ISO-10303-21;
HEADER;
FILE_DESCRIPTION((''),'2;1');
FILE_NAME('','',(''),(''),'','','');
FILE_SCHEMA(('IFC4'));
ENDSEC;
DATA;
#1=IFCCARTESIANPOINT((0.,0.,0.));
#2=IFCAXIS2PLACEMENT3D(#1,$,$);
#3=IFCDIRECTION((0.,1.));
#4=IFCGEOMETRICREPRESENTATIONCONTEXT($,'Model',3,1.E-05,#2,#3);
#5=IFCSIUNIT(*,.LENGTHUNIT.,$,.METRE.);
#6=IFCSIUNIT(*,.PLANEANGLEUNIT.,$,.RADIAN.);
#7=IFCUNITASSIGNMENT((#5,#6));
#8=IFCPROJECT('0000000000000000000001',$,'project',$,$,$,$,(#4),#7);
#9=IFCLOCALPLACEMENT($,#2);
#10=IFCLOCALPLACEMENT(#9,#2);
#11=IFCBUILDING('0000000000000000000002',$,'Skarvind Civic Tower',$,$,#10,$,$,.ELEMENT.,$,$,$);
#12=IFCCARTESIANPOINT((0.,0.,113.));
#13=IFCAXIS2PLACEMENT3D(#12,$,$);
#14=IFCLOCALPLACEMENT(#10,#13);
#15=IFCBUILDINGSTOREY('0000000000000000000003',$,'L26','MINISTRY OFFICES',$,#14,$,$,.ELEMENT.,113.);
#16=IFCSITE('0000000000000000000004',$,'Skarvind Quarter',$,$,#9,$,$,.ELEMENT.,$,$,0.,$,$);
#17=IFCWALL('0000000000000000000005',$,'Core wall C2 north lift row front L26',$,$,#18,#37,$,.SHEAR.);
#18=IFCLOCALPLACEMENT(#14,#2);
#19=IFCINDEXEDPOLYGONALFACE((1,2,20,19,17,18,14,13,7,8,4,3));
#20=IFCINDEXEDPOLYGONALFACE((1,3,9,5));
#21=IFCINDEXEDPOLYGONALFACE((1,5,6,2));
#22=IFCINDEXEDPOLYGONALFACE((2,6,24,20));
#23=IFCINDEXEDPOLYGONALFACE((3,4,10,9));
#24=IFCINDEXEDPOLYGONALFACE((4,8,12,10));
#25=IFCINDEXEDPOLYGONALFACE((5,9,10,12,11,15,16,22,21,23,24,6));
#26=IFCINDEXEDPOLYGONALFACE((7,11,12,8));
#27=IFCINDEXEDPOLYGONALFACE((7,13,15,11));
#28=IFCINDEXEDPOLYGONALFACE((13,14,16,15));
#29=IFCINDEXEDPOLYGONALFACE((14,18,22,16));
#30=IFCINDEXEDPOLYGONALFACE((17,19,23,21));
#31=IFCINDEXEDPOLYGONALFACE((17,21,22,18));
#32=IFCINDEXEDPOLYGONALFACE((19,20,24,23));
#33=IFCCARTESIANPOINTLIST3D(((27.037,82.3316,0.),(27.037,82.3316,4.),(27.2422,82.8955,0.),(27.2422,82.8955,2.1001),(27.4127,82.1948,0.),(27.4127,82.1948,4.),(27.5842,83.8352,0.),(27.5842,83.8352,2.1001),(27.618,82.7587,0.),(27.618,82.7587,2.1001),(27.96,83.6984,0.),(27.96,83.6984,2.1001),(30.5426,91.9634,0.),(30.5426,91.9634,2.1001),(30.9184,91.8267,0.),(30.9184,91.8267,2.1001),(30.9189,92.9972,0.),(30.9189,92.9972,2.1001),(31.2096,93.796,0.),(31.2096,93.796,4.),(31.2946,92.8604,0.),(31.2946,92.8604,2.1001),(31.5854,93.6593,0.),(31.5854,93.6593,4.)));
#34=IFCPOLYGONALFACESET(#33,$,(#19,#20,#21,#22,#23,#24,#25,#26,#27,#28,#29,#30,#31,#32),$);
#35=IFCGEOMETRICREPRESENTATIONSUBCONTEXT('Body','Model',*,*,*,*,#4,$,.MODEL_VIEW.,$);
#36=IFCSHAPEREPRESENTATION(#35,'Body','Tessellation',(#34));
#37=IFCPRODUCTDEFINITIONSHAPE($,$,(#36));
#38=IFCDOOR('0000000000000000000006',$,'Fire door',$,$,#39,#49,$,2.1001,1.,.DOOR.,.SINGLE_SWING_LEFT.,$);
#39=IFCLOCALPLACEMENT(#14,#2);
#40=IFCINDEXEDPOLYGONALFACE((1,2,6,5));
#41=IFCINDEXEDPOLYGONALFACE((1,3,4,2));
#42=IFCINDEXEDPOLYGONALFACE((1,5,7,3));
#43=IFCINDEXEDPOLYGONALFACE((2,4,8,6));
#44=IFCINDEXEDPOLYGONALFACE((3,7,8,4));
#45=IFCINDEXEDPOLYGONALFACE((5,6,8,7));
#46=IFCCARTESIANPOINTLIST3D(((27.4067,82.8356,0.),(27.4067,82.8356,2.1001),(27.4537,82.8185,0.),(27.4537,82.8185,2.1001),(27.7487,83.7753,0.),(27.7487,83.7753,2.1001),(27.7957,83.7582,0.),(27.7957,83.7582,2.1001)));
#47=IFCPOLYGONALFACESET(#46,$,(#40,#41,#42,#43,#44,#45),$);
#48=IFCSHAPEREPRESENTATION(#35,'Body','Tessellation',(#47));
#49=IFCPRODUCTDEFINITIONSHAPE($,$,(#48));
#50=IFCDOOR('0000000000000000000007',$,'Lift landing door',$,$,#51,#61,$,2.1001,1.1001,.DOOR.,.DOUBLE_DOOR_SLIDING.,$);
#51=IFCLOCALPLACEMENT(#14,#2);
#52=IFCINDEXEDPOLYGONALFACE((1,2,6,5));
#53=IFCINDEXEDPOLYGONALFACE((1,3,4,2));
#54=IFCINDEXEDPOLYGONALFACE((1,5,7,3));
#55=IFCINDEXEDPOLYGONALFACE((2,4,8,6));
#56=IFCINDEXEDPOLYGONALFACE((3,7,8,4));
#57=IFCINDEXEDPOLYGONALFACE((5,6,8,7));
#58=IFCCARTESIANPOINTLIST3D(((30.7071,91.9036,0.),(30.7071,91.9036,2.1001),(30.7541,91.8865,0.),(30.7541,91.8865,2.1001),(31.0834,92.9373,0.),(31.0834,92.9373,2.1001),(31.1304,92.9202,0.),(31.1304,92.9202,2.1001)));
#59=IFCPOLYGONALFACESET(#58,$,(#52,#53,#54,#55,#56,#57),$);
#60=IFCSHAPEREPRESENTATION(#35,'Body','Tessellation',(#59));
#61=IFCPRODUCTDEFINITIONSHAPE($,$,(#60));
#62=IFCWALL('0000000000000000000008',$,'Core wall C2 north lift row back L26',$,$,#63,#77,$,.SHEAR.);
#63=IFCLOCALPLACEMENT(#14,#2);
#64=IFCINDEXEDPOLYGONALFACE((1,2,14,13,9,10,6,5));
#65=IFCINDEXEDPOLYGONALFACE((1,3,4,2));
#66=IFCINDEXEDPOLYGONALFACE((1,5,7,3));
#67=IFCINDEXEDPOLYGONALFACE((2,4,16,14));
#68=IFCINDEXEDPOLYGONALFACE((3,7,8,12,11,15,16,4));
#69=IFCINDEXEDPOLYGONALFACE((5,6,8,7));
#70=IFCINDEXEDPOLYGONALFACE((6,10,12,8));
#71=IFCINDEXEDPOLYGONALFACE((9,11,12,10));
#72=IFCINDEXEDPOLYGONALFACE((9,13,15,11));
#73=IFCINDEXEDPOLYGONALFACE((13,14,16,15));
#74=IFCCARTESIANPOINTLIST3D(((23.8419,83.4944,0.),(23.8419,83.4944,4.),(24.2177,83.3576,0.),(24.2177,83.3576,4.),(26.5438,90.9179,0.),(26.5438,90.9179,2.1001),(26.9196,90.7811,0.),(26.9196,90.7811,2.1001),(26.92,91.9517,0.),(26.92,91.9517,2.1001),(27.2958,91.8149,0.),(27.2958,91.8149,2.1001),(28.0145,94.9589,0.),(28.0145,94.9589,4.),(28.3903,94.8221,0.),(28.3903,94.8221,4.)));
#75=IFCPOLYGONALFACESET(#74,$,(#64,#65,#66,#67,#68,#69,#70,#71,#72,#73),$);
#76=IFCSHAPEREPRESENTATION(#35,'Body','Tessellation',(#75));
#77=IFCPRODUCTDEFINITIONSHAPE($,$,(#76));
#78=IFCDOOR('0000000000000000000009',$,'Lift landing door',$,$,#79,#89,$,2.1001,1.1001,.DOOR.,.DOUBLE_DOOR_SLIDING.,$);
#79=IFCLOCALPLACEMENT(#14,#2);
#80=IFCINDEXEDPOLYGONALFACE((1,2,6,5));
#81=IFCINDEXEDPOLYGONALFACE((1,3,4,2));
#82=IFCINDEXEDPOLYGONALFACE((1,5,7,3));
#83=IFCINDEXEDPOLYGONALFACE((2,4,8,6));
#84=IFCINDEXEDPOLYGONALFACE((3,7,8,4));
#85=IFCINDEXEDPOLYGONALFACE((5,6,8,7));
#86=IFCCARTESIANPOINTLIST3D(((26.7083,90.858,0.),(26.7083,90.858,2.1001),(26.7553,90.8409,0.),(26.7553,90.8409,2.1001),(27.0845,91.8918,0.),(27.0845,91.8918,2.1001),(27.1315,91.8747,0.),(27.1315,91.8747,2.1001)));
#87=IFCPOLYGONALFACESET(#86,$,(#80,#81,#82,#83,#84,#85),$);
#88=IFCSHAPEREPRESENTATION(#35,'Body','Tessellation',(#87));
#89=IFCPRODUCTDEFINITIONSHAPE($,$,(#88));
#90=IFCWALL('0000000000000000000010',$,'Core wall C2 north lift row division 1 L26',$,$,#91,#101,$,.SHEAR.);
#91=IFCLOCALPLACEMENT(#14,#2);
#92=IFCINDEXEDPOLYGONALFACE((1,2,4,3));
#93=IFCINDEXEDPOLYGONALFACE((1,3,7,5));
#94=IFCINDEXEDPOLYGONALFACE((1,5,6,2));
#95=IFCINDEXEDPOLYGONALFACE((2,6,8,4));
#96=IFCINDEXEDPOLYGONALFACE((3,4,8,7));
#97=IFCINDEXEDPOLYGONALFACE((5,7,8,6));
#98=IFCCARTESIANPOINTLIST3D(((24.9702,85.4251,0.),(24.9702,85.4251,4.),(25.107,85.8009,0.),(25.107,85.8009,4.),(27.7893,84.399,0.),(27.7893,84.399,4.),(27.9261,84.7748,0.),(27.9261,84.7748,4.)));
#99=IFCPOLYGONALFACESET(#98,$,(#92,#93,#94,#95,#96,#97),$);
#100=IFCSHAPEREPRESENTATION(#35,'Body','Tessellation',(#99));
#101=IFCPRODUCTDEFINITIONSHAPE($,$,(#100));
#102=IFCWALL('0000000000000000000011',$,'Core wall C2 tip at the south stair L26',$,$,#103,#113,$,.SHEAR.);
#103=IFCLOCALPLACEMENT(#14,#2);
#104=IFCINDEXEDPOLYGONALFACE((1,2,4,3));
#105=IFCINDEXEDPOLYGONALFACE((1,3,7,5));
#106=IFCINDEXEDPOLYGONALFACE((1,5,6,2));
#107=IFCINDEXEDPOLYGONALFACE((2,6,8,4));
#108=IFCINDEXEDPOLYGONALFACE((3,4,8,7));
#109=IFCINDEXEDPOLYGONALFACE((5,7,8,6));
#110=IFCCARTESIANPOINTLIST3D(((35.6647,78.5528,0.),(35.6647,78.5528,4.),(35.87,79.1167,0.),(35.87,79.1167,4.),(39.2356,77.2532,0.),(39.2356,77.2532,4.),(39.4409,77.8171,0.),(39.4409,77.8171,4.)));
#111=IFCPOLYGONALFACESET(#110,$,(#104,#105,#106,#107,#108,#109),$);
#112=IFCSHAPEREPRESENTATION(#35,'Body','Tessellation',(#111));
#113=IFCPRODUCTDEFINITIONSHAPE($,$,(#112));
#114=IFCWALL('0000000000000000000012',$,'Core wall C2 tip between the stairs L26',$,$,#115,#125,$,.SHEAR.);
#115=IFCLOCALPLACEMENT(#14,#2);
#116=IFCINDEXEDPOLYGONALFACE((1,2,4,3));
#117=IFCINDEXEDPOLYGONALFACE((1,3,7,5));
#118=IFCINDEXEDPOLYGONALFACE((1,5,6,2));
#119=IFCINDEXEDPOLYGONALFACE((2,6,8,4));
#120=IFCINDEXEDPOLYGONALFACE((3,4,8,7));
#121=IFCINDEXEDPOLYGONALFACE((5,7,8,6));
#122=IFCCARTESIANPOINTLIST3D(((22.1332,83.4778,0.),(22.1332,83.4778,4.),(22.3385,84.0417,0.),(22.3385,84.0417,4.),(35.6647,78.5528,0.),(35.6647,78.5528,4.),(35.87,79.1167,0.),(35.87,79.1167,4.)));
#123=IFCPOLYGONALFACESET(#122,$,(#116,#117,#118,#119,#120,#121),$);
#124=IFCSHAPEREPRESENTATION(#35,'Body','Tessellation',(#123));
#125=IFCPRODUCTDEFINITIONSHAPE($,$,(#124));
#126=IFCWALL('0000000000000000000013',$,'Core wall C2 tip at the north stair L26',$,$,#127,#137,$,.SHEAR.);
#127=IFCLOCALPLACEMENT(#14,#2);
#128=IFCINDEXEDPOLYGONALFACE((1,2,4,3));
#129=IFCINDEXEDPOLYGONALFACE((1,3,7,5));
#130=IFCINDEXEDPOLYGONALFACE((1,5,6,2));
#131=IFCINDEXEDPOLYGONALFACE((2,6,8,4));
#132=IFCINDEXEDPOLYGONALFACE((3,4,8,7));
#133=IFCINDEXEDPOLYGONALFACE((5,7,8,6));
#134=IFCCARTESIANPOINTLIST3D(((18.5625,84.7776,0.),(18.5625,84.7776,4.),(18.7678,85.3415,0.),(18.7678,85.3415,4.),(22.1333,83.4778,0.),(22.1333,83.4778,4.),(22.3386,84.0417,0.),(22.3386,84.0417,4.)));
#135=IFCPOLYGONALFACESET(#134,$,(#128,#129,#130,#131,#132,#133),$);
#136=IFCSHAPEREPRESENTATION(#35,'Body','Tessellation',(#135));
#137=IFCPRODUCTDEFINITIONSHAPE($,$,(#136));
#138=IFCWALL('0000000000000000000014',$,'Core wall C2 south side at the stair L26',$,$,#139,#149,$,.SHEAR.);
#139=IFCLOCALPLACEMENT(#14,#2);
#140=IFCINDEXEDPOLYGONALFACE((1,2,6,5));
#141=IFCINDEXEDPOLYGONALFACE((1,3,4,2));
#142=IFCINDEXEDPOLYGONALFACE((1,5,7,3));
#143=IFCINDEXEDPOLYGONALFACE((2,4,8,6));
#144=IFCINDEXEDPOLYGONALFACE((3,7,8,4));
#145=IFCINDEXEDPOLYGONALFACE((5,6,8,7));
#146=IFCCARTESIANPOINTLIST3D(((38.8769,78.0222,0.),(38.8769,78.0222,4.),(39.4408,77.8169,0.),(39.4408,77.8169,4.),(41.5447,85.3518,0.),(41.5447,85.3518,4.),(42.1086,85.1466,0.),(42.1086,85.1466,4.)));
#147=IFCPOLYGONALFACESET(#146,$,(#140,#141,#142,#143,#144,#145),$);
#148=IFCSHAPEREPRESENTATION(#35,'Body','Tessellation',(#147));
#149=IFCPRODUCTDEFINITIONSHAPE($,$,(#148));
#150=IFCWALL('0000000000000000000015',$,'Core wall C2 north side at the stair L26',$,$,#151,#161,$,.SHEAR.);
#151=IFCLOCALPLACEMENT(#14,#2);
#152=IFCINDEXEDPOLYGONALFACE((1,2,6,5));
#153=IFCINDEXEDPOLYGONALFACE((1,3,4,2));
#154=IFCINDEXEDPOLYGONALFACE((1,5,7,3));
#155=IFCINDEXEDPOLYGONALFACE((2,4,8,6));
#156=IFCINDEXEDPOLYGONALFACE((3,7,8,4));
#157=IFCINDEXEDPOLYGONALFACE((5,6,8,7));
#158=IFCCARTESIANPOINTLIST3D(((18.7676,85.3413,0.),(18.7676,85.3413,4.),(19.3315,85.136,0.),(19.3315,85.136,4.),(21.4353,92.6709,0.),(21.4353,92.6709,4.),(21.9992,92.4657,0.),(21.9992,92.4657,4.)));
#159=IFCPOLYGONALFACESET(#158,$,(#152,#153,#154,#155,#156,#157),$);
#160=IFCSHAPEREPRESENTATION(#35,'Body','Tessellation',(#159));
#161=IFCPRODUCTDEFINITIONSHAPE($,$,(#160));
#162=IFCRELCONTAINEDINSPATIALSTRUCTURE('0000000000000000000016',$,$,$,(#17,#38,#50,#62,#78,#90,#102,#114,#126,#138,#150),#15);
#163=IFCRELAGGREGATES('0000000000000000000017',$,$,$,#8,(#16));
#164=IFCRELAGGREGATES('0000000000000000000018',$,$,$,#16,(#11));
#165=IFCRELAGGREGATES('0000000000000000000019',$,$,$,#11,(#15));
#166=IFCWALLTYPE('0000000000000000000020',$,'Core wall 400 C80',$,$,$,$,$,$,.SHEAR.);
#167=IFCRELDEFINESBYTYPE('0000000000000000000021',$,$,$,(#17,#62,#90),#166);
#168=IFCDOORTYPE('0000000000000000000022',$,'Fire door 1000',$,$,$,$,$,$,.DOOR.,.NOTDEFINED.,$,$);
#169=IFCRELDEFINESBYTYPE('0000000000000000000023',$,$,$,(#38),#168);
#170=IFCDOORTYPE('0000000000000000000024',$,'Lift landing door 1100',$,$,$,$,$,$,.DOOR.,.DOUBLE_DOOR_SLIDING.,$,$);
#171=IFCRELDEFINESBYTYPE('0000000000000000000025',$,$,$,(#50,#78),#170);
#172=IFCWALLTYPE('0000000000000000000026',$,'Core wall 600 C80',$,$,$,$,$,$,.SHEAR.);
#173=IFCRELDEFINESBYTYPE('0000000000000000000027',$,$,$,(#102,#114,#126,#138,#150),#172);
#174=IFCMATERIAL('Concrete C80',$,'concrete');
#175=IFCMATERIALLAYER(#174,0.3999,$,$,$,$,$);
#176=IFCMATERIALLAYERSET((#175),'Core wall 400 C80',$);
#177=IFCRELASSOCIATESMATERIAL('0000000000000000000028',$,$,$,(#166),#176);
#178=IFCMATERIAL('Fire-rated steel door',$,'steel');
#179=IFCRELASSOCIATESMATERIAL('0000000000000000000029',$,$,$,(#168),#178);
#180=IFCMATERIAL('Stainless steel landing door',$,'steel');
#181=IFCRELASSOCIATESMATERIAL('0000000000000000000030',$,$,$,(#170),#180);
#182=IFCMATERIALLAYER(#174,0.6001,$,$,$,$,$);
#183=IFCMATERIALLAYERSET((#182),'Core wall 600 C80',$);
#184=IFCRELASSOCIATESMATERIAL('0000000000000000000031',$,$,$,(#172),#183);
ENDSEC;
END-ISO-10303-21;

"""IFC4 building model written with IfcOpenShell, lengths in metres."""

from ifc_helpers import new_model, si_unit, direction, frame, frame_2d, origin, place, context, subcontext, project, spatial, rectangle, extrude, material, layer, layer_set, type_object, element, fill, save


model = new_model("IFC4")

# Units and contexts
model_context = context("Model", 3, precision=1e-05, world=origin(), true_north=direction((0.0, 1.0)))
body_context = subcontext(model_context, "Body", "Model", "MODEL_VIEW")
ifc_project = project(units=[si_unit("LENGTHUNIT", "METRE"), si_unit("PLANEANGLEUNIT", "RADIAN")], contexts=[model_context])

# Site, building, storey
site_placement = place(None, origin())
site = spatial("IfcSite", under=ifc_project, at=site_placement, Name="Skarvind Quarter", CompositionType="ELEMENT", RefElevation=0.0)
building_placement = place(site_placement, origin())
building = spatial("IfcBuilding", under=site, at=building_placement, Name="Skarvind Civic Tower", CompositionType="ELEMENT")
storey_placement = place(building_placement, frame((0.0, 0.0, 113.0)))
storey = spatial("IfcBuildingStorey", under=building, at=storey_placement, Name="L26", Description="MINISTRY OFFICES", CompositionType="ELEMENT", Elevation=113.0)

# Shared definitions
ifc_material_1 = material(Name="Concrete C80", Category="concrete")
ifc_layer_1 = layer(ifc_material_1, 0.3999)
ifc_layer_set_1 = layer_set([ifc_layer_1], Name="Core wall 400 C80")
wall_type_1 = type_object("IfcWallType", Name="Core wall 400 C80", PredefinedType="SHEAR", material=ifc_layer_set_1)

# Shared definitions
ifc_material_2 = material(Name="Fire-rated steel door", Category="steel")
door_type_1 = type_object("IfcDoorType", Name="Fire door 1000", OperationType="NOTDEFINED", PredefinedType="DOOR", material=ifc_material_2)

# Shared definitions
ifc_material_3 = material(Name="Stainless steel landing door", Category="steel")
door_type_2 = type_object("IfcDoorType", Name="Lift landing door 1100", OperationType="DOUBLE_DOOR_SLIDING", PredefinedType="DOOR", material=ifc_material_3)

# Wall, openings, doors
wall_1_placement = place(storey_placement, frame((27.2249, 82.2632, 0.0), z_axis=(0.0, 0.0, 1.0), x_axis=(0.342015, 0.939695, 0.0)))
wall_1 = element("IfcWall", 1, at=wall_1_placement, inside=storey, type_object=wall_type_1, Name="Core wall C2 north lift row front L26", PredefinedType="SHEAR", context=body_context, shape_type="SweptSolid", body=[
    extrude(rectangle(XDim=12.2002, YDim=0.3999, at=frame_2d((6.1001, 0.0))), origin(), (0.0, 0.0, 1.0), 4.0),
])
opening_1_placement = place(wall_1_placement, frame((10.25, 0.0, 0.0)))
opening_1 = element("IfcOpeningElement", 2, at=opening_1_placement, cuts=wall_1, PredefinedType="OPENING", context=body_context, shape_type="SweptSolid", body=[
    extrude(rectangle(XDim=1.1001, YDim=2.1001, at=frame_2d((0.55, 1.05))), frame((0.0, 0.21, 0.0), z_axis=(0.0, -1.0, 0.0), x_axis=(1.0, 0.0, 0.0)), (0.0, 0.0, 1.0), 0.4199),
])
opening_2_placement = place(wall_1_placement, frame((0.6001, 0.0, 0.0)))
opening_2 = element("IfcOpeningElement", 3, at=opening_2_placement, cuts=wall_1, PredefinedType="OPENING", context=body_context, shape_type="SweptSolid", body=[
    extrude(rectangle(XDim=1.0, YDim=2.1001, at=frame_2d((0.5, 1.05))), frame((0.0, 0.21, 0.0), z_axis=(0.0, -1.0, 0.0), x_axis=(1.0, 0.0, 0.0)), (0.0, 0.0, 1.0), 0.4199),
])
door_1_placement = place(opening_2_placement, origin())
door_1 = element("IfcDoor", 4, at=door_1_placement, inside=storey, type_object=door_type_1, Name="Fire door", OperationType="SINGLE_SWING_LEFT", OverallHeight=2.1001, OverallWidth=1.0, PredefinedType="DOOR", context=body_context, shape_type="SweptSolid", body=[
    extrude(rectangle(XDim=1.0, YDim=2.1001, at=frame_2d((0.5, 1.05))), frame((0.0, 0.0249, 0.0), z_axis=(0.0, -1.0, 0.0), x_axis=(1.0, 0.0, 0.0)), (0.0, 0.0, 1.0), 0.05),
])
fill(opening_2, door_1)
door_2_placement = place(opening_1_placement, origin())
door_2 = element("IfcDoor", 5, at=door_2_placement, inside=storey, type_object=door_type_2, Name="Lift landing door", OperationType="DOUBLE_DOOR_SLIDING", OverallHeight=2.1001, OverallWidth=1.1001, PredefinedType="DOOR", context=body_context, shape_type="SweptSolid", body=[
    extrude(rectangle(XDim=1.1001, YDim=2.1001, at=frame_2d((0.55, 1.05))), frame((0.0, 0.0249, 0.0), z_axis=(0.0, -1.0, 0.0), x_axis=(1.0, 0.0, 0.0)), (0.0, 0.0, 1.0), 0.05),
])
fill(opening_1, door_2)

# Wall, opening, door
wall_2_placement = place(storey_placement, frame((24.0298, 83.426, 0.0), z_axis=(0.0, 0.0, 1.0), x_axis=(0.342015, 0.939695, 0.0)))
wall_2 = element("IfcWall", 6, at=wall_2_placement, inside=storey, type_object=wall_type_1, Name="Core wall C2 north lift row back L26", PredefinedType="SHEAR", context=body_context, shape_type="SweptSolid", body=[
    extrude(rectangle(XDim=12.2002, YDim=0.3999, at=frame_2d((6.1001, 0.0))), origin(), (0.0, 0.0, 1.0), 4.0),
])
opening_3_placement = place(wall_2_placement, frame((7.8999, 0.0, 0.0)))
opening_3 = element("IfcOpeningElement", 7, at=opening_3_placement, cuts=wall_2, PredefinedType="OPENING", context=body_context, shape_type="SweptSolid", body=[
    extrude(rectangle(XDim=1.1001, YDim=2.1001, at=frame_2d((0.55, 1.05))), frame((0.0, 0.21, 0.0), z_axis=(0.0, -1.0, 0.0), x_axis=(1.0, 0.0, 0.0)), (0.0, 0.0, 1.0), 0.4199),
])
door_3_placement = place(opening_3_placement, origin())
door_3 = element("IfcDoor", 8, at=door_3_placement, inside=storey, type_object=door_type_2, Name="Lift landing door", OperationType="DOUBLE_DOOR_SLIDING", OverallHeight=2.1001, OverallWidth=1.1001, PredefinedType="DOOR", context=body_context, shape_type="SweptSolid", body=[
    extrude(rectangle(XDim=1.1001, YDim=2.1001, at=frame_2d((0.55, 1.05))), frame((0.0, 0.0249, 0.0), z_axis=(0.0, -1.0, 0.0), x_axis=(1.0, 0.0, 0.0)), (0.0, 0.0, 1.0), 0.05),
])
fill(opening_3, door_3)

# Walls
wall_3_placement = place(storey_placement, frame((27.8577, 84.5869, 0.0), z_axis=(0.0, 0.0, 1.0), x_axis=(-0.939686, 0.342037, 0.0)))
element("IfcWall", 9, at=wall_3_placement, inside=storey, type_object=wall_type_1, Name="Core wall C2 north lift row division 1 L26", PredefinedType="SHEAR", context=body_context, shape_type="SweptSolid", body=[
    extrude(rectangle(XDim=3.0, YDim=0.3999, at=frame_2d((1.5, 0.0))), origin(), (0.0, 0.0, 1.0), 4.0),
])
ifc_layer_2 = layer(ifc_material_1, 0.6001)
ifc_layer_set_2 = layer_set([ifc_layer_2], Name="Core wall 600 C80")
wall_type_2 = type_object("IfcWallType", Name="Core wall 600 C80", PredefinedType="SHEAR", material=ifc_layer_set_2)
wall_4_placement = place(storey_placement, frame((39.3381, 77.5352, 0.0), z_axis=(0.0, 0.0, 1.0), x_axis=(-0.939701, 0.341996, 0.0)))
element("IfcWall", 10, at=wall_4_placement, inside=storey, type_object=wall_type_2, Name="Core wall C2 tip at the south stair L26", PredefinedType="SHEAR", context=body_context, shape_type="SweptSolid", body=[
    extrude(rectangle(XDim=3.8, YDim=0.6001, at=frame_2d((1.8999, 0.0))), origin(), (0.0, 0.0, 1.0), 4.0),
])
wall_5_placement = place(storey_placement, frame((35.7673, 78.8347, 0.0), z_axis=(0.0, 0.0, 1.0), x_axis=(-0.939693, 0.342019, 0.0)))
element("IfcWall", 11, at=wall_5_placement, inside=storey, type_object=wall_type_2, Name="Core wall C2 tip between the stairs L26", PredefinedType="SHEAR", context=body_context, shape_type="SweptSolid", body=[
    extrude(rectangle(XDim=14.3999, YDim=0.6001, at=frame_2d((7.2, 0.0))), origin(), (0.0, 0.0, 1.0), 4.0),
])
wall_6_placement = place(storey_placement, frame((22.2358, 83.7598, 0.0), z_axis=(0.0, 0.0, 1.0), x_axis=(-0.939681, 0.342053, 0.0)))
element("IfcWall", 12, at=wall_6_placement, inside=storey, type_object=wall_type_2, Name="Core wall C2 tip at the north stair L26", PredefinedType="SHEAR", context=body_context, shape_type="SweptSolid", body=[
    extrude(rectangle(XDim=3.8, YDim=0.6001, at=frame_2d((1.8999, 0.0))), origin(), (0.0, 0.0, 1.0), 4.0),
])
for number, where, z_axis, x_axis, name in (
    (13, (39.1589, 77.9197, 0.0), (0.0, 0.0, 1.0), (0.342017, 0.939694, 0.0), "Core wall C2 south side at the stair L26"),
    (14, (19.0496, 85.2388, 0.0), (0.0, 0.0, 1.0), (0.342017, 0.939694, 0.0), "Core wall C2 north side at the stair L26"),
):
    element("IfcWall", number, at=place(storey_placement, frame(where, z_axis=z_axis, x_axis=x_axis)), inside=storey, type_object=wall_type_2, Name=name, PredefinedType="SHEAR", context=body_context, shape_type="SweptSolid", body=[
        extrude(rectangle(XDim=7.8, YDim=0.6001, at=frame_2d((3.8999, 0.0))), origin(), (0.0, 0.0, 1.0), 4.0),
    ])

save(model, "model.ifc")
